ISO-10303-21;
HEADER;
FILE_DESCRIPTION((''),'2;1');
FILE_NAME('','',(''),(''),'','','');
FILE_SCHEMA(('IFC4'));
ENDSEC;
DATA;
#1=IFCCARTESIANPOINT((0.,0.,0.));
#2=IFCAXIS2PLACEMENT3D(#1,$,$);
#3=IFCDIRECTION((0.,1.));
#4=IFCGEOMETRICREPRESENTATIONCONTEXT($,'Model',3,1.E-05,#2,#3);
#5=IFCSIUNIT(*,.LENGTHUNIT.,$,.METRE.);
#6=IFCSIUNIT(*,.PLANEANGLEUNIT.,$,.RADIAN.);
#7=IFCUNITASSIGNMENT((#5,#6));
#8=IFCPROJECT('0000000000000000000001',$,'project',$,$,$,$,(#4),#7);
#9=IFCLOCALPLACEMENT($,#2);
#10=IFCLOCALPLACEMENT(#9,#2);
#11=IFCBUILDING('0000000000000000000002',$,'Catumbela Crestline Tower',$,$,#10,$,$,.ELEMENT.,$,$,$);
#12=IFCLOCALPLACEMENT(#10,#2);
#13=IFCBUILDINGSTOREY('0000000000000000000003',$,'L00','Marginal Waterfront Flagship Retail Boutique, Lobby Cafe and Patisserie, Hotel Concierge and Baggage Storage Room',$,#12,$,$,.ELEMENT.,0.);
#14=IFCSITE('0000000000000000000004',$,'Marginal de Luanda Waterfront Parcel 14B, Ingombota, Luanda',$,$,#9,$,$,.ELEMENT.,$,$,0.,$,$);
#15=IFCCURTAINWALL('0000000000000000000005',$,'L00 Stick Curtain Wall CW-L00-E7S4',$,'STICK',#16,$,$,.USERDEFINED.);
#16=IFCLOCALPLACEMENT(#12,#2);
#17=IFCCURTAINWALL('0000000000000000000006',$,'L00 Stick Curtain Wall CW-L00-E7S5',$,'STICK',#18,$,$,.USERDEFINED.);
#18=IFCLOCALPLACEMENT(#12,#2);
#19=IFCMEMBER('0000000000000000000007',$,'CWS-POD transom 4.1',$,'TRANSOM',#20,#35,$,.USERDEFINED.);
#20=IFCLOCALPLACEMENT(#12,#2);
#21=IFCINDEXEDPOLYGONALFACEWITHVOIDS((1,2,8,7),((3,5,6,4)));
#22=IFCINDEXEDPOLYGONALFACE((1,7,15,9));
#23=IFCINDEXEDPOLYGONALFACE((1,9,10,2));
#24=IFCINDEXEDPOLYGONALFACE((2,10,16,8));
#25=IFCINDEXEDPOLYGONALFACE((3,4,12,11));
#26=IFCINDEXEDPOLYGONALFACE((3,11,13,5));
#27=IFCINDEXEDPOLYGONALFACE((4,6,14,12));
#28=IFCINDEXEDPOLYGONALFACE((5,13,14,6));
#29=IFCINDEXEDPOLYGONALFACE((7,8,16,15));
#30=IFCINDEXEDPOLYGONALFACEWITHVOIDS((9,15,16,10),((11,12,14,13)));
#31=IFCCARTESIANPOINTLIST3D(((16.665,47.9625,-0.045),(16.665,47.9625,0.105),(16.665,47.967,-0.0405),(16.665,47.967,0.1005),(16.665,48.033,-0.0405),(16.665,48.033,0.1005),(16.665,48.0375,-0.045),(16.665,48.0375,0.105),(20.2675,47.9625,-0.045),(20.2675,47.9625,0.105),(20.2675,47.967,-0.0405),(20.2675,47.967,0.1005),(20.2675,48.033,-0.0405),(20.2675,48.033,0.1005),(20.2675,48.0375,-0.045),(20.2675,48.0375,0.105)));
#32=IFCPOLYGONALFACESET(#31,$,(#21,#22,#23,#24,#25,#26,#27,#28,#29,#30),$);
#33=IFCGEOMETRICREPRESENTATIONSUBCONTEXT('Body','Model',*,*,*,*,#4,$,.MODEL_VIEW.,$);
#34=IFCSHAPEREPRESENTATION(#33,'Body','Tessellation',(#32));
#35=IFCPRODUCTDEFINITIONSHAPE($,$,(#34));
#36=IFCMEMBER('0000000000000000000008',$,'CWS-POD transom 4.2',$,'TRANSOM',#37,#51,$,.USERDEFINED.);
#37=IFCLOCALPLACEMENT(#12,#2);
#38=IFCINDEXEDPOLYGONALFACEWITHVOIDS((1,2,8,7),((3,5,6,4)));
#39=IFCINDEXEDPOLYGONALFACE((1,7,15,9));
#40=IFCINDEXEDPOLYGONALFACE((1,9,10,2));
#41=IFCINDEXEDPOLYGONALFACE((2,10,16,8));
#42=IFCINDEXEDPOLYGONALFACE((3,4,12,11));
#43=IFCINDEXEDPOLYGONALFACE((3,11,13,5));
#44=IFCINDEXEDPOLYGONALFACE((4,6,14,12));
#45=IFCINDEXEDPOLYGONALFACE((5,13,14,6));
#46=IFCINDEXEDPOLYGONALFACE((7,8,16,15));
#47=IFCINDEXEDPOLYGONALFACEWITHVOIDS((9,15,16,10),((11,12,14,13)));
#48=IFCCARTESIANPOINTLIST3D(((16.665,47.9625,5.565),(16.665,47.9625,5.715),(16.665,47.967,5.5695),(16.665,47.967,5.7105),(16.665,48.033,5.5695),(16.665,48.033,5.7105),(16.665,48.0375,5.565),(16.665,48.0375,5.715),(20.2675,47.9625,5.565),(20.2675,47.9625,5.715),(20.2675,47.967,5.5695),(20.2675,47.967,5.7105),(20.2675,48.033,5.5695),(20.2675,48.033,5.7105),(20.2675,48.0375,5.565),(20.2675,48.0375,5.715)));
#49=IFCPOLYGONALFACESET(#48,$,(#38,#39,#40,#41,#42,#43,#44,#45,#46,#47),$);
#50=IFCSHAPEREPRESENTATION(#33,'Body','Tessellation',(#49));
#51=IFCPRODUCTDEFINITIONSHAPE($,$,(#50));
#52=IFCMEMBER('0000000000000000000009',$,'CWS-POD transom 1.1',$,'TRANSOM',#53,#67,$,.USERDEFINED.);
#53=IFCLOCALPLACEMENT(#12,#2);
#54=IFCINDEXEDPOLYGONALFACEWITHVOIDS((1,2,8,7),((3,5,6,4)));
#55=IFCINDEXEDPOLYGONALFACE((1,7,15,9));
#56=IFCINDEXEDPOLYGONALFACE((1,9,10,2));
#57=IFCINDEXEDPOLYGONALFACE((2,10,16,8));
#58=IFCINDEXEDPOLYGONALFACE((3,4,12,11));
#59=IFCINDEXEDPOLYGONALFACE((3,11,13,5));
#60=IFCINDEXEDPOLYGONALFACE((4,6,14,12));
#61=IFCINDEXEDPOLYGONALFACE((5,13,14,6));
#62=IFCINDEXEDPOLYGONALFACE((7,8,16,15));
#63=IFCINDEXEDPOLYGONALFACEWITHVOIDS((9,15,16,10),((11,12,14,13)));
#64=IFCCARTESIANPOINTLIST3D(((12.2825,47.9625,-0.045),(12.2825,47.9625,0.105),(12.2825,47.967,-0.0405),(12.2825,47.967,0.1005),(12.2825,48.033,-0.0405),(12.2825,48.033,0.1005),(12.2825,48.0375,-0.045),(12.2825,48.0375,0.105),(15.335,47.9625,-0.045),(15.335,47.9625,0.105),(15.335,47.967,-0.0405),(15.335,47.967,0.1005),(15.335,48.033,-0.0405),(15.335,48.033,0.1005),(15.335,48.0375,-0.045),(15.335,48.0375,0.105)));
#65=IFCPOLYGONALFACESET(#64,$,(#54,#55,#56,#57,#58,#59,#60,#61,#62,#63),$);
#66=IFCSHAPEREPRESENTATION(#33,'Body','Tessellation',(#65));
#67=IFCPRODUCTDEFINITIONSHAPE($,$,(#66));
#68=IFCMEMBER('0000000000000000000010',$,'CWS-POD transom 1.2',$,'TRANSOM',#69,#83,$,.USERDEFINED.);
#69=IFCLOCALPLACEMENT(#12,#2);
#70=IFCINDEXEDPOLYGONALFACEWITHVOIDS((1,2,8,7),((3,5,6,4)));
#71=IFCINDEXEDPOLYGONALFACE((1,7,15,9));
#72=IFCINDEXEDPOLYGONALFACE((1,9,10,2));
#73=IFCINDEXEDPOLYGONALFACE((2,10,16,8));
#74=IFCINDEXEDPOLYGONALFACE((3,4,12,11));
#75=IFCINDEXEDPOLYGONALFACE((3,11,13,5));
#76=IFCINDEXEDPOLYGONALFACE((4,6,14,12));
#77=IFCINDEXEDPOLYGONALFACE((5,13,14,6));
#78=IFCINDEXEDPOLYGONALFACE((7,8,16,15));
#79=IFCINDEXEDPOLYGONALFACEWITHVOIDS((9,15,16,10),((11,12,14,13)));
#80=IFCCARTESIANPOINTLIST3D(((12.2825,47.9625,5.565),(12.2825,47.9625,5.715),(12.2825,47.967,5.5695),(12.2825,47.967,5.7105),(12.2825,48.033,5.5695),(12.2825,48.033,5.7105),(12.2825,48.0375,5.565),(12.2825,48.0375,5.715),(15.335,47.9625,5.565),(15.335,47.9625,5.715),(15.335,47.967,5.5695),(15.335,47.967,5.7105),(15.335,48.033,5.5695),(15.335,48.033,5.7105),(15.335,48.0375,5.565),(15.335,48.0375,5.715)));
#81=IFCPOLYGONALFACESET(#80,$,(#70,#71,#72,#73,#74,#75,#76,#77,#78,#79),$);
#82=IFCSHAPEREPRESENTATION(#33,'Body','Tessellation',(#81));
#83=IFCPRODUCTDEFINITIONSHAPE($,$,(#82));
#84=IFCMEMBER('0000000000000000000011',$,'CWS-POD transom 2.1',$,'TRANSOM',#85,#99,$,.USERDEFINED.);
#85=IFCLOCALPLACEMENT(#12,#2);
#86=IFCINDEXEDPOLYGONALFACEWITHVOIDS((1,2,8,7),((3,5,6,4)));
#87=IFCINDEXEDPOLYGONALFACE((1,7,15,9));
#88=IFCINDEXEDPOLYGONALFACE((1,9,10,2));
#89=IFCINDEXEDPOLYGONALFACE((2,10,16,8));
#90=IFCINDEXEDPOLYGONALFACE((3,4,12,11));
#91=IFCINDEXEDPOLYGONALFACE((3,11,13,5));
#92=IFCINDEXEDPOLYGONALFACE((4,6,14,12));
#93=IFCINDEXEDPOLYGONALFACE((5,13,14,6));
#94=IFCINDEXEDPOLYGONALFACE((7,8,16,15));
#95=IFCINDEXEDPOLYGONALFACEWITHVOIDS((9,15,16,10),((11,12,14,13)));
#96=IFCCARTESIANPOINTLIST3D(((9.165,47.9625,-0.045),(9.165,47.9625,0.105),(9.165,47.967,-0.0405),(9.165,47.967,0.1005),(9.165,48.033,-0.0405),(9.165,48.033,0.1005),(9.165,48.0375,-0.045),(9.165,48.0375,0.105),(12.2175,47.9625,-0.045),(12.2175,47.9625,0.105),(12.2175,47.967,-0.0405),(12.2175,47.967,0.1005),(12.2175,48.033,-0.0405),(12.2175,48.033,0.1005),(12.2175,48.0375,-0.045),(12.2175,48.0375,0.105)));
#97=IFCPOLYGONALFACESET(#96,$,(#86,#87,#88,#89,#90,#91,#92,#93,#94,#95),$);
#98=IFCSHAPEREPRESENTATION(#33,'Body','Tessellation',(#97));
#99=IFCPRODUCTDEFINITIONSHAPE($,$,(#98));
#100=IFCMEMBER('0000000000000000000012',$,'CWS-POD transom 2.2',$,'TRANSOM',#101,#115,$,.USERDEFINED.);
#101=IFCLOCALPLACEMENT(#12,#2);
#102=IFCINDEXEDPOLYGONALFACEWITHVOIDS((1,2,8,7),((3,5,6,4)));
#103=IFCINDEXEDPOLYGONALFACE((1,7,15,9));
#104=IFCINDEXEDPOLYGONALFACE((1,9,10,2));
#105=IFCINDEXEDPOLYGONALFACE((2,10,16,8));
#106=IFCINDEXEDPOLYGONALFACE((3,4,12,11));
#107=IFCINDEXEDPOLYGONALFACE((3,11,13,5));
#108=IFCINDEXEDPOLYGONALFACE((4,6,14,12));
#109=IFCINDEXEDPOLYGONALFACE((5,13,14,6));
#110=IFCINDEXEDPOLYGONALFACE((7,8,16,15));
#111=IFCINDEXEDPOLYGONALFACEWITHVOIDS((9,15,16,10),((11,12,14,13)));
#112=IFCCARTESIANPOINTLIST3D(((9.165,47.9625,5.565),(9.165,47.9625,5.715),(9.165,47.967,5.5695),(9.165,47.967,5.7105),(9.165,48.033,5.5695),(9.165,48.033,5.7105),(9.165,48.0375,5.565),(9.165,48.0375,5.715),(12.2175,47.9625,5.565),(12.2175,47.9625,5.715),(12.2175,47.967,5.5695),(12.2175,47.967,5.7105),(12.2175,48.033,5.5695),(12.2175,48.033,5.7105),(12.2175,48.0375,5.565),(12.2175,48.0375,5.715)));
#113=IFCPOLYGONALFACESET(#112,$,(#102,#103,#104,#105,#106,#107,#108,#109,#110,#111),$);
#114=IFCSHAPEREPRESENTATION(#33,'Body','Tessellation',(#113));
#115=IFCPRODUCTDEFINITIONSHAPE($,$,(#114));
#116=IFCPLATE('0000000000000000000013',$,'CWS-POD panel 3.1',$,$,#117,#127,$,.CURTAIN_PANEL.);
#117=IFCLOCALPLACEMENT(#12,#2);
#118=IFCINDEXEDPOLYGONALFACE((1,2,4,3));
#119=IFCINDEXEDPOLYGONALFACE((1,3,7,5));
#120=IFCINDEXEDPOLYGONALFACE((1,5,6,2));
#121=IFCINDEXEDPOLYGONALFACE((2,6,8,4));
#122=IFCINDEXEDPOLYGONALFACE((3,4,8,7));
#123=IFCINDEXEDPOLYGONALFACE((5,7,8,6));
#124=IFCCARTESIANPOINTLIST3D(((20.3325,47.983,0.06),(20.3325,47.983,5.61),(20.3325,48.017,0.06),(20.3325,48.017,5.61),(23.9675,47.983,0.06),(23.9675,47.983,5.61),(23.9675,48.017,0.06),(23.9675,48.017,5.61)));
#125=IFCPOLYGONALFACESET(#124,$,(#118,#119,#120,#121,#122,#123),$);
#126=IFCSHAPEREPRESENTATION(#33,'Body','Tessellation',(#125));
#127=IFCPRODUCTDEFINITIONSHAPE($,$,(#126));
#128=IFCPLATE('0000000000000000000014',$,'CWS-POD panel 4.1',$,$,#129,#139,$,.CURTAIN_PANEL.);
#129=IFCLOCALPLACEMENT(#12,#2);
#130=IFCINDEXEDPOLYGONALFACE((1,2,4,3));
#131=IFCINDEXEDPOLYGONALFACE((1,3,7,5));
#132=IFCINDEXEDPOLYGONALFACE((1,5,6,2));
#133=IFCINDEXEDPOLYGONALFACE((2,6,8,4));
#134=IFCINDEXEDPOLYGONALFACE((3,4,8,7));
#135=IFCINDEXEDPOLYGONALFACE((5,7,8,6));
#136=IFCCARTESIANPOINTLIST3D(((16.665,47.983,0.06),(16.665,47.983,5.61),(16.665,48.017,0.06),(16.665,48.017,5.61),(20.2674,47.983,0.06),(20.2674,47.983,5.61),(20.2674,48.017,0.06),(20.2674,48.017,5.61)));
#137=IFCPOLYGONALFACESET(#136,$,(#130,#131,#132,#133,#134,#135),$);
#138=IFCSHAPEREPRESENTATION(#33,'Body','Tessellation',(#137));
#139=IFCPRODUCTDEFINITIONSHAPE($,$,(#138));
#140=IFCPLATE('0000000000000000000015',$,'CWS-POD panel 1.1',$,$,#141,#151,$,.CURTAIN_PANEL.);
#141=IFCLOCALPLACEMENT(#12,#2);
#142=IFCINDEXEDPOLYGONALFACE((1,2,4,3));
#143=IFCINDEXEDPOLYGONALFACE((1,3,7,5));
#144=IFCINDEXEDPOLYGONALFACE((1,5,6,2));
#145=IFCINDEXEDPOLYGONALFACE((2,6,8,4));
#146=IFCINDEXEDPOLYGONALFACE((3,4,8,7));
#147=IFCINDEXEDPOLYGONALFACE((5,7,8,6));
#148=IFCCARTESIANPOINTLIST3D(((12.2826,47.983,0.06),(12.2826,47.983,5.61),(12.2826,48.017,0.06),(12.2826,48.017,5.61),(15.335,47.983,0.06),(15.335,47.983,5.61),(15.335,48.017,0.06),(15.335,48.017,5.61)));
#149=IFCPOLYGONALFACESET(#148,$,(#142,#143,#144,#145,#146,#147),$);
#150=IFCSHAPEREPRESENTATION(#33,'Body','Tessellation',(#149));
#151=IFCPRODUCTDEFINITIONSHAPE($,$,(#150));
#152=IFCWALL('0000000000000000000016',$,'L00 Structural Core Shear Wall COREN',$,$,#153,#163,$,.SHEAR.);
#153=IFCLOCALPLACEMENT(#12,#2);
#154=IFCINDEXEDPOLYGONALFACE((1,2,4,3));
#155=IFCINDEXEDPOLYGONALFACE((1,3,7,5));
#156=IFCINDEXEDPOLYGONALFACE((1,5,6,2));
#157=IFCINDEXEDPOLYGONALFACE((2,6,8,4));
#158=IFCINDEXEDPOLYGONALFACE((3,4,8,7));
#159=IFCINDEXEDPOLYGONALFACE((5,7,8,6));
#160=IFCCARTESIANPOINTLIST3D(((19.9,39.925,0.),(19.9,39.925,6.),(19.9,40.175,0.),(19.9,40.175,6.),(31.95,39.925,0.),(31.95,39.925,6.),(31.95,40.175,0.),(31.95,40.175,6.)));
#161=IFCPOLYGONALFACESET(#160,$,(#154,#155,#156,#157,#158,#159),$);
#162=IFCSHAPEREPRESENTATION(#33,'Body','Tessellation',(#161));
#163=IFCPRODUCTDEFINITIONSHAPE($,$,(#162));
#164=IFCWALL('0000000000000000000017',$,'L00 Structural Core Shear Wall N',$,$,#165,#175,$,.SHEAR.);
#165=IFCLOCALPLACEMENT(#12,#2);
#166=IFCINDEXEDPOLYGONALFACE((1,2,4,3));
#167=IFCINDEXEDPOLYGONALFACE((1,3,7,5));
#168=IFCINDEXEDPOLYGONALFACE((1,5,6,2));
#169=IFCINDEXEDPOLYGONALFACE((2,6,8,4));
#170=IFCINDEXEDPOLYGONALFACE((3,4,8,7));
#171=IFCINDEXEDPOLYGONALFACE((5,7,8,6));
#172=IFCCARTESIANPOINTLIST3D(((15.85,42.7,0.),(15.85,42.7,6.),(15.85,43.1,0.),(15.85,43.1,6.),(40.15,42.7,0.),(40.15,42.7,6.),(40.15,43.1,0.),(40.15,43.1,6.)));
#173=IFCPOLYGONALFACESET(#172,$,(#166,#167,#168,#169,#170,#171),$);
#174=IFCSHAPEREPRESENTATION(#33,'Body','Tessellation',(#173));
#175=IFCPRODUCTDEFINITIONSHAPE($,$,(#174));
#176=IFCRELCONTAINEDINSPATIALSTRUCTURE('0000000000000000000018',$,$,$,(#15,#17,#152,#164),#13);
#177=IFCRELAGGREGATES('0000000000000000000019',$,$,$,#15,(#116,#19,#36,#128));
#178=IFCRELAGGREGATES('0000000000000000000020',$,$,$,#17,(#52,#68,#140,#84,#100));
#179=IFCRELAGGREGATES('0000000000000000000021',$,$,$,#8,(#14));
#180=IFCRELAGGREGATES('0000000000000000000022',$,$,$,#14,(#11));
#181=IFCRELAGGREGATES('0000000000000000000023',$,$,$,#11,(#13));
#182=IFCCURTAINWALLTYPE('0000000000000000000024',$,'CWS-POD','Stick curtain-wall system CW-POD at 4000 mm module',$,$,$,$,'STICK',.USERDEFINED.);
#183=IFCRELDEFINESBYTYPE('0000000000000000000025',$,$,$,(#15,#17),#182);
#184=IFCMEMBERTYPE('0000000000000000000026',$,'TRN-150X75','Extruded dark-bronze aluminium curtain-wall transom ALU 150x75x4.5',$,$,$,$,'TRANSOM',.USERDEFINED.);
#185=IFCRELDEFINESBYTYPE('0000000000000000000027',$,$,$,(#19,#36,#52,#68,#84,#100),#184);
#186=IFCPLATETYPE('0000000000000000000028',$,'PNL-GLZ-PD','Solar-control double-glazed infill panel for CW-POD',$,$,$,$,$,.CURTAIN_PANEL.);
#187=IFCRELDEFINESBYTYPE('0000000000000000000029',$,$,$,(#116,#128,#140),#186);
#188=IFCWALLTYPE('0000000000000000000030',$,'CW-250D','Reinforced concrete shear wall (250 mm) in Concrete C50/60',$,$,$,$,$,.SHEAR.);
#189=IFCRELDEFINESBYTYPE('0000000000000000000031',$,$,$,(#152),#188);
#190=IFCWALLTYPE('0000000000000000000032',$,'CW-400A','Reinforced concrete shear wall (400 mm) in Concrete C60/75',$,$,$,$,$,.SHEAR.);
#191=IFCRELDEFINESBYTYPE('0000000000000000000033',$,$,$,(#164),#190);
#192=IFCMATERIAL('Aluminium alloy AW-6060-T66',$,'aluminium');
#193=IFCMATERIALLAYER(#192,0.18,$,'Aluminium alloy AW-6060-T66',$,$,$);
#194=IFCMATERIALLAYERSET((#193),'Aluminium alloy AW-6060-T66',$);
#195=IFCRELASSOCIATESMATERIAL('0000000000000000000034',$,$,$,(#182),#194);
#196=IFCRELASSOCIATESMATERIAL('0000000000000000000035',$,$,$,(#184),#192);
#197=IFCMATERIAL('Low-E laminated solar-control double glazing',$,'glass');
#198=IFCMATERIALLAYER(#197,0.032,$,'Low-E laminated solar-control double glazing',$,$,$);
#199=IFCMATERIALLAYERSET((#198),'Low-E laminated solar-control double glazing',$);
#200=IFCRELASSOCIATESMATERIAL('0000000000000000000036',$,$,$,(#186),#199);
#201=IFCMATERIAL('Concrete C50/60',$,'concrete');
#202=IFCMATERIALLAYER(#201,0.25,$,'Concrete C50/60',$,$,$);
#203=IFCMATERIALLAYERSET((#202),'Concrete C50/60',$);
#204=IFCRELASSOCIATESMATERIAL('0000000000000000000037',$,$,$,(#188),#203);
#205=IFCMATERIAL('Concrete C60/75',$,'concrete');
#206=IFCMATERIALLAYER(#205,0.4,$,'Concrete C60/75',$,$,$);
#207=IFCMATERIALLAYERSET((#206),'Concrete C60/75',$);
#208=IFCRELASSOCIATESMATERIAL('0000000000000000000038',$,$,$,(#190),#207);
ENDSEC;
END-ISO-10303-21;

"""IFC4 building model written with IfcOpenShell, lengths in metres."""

from ifc_helpers import new_model, si_unit, direction, frame, frame_2d, origin, origin_2d, place, context, subcontext, project, spatial, rectangle, hollow_rectangle, extrude, material, layer, layer_set, material_profile, profile_set, type_object, element, aggregate, save


model = new_model("IFC4")

# Units and contexts
model_context = context("Model", 3, precision=1e-05, world=origin(), true_north=direction((0.0, 1.0)))
body_context = subcontext(model_context, "Body", "Model", "MODEL_VIEW")
ifc_project = project(units=[si_unit("LENGTHUNIT", "METRE"), si_unit("PLANEANGLEUNIT", "RADIAN")], contexts=[model_context])

# Site, building, storey
site_placement = place(None, origin())
site = spatial("IfcSite", under=ifc_project, at=site_placement, Name="Marginal de Luanda Waterfront Parcel 14B, Ingombota, Luanda", CompositionType="ELEMENT", RefElevation=0.0)
building_placement = place(site_placement, origin())
building = spatial("IfcBuilding", under=site, at=building_placement, Name="Catumbela Crestline Tower", CompositionType="ELEMENT")
storey_placement = place(building_placement, origin())
storey = spatial("IfcBuildingStorey", under=building, at=storey_placement, Name="L00", Description="Marginal Waterfront Flagship Retail Boutique, Lobby Cafe and Patisserie, Hotel Concierge and Baggage Storage Room", CompositionType="ELEMENT", Elevation=0.0)

# Shared definitions
ifc_material_1 = material(Name="Concrete C60/75", Category="concrete")

# Curtain walls
ifc_material_2 = material(Name="Aluminium alloy AW-6060-T66", Category="aluminium")
ifc_layer_1 = layer(ifc_material_2, 0.18, Name="Aluminium alloy AW-6060-T66")
ifc_layer_set_1 = layer_set([ifc_layer_1], Name="Aluminium alloy AW-6060-T66")
curtain_wall_type = type_object("IfcCurtainWallType", Name="CWS-POD", Description="Stick curtain-wall system CW-POD at 4000 mm module", ElementType="STICK", PredefinedType="USERDEFINED", material=ifc_layer_set_1)
curtain_wall_1_placement = place(storey_placement, origin())
curtain_wall_1 = element("IfcCurtainWall", 1, at=curtain_wall_1_placement, inside=storey, type_object=curtain_wall_type, Name="L00 Stick Curtain Wall CW-L00-E7S4", ObjectType="STICK", PredefinedType="USERDEFINED")
curtain_wall_2_placement = place(storey_placement, origin())
curtain_wall_2 = element("IfcCurtainWall", 2, at=curtain_wall_2_placement, inside=storey, type_object=curtain_wall_type, Name="L00 Stick Curtain Wall CW-L00-E7S5", ObjectType="STICK", PredefinedType="USERDEFINED")

# Members
ifc_material_profile_1 = material_profile(ifc_material_2, hollow_rectangle(XDim=0.075, YDim=0.15, WallThickness=0.0045, at=origin_2d()), Name="ALU 150x75x4.5")
ifc_profile_set_1 = profile_set([ifc_material_profile_1], Name="Aluminium alloy AW-6060-T66")
member_type_1 = type_object("IfcMemberType", Name="TRN-150X75", Description="Extruded dark-bronze aluminium curtain-wall transom ALU 150x75x4.5", ElementType="TRANSOM", PredefinedType="USERDEFINED", material=ifc_profile_set_1)
member_1_placement = place(storey_placement, frame((20.2675, 48.0, 0.03), z_axis=(-1.0, 0.0, 0.0), x_axis=(0.0, -1.0, 0.0)))
member_1 = element("IfcMember", 3, at=member_1_placement, type_object=member_type_1, Name="CWS-POD transom 4.1", ObjectType="TRANSOM", PredefinedType="USERDEFINED", context=body_context, shape_type="SweptSolid", body=[
    extrude(hollow_rectangle(XDim=0.075, YDim=0.15, WallThickness=0.0045, at=origin_2d()), origin(), (0.0, 0.0, 1.0), 3.6025),
])
member_2_placement = place(storey_placement, frame((20.2675, 48.0, 5.64), z_axis=(-1.0, 0.0, 0.0), x_axis=(0.0, -1.0, 0.0)))
member_2 = element("IfcMember", 4, at=member_2_placement, type_object=member_type_1, Name="CWS-POD transom 4.2", ObjectType="TRANSOM", PredefinedType="USERDEFINED", context=body_context, shape_type="SweptSolid", body=[
    extrude(hollow_rectangle(XDim=0.075, YDim=0.15, WallThickness=0.0045, at=origin_2d()), origin(), (0.0, 0.0, 1.0), 3.6025),
])
member_3_placement = place(storey_placement, frame((15.335, 48.0, 0.03), z_axis=(-1.0, 0.0, 0.0), x_axis=(0.0, -1.0, 0.0)))
member_3 = element("IfcMember", 5, at=member_3_placement, type_object=member_type_1, Name="CWS-POD transom 1.1", ObjectType="TRANSOM", PredefinedType="USERDEFINED", context=body_context, shape_type="SweptSolid", body=[
    extrude(hollow_rectangle(XDim=0.075, YDim=0.15, WallThickness=0.0045, at=origin_2d()), origin(), (0.0, 0.0, 1.0), 3.0525),
])
member_4_placement = place(storey_placement, frame((15.335, 48.0, 5.64), z_axis=(-1.0, 0.0, 0.0), x_axis=(0.0, -1.0, 0.0)))
member_4 = element("IfcMember", 6, at=member_4_placement, type_object=member_type_1, Name="CWS-POD transom 1.2", ObjectType="TRANSOM", PredefinedType="USERDEFINED", context=body_context, shape_type="SweptSolid", body=[
    extrude(hollow_rectangle(XDim=0.075, YDim=0.15, WallThickness=0.0045, at=origin_2d()), origin(), (0.0, 0.0, 1.0), 3.0525),
])
member_5_placement = place(storey_placement, frame((12.2175, 48.0, 0.03), z_axis=(-1.0, 0.0, 0.0), x_axis=(0.0, -1.0, 0.0)))
member_5 = element("IfcMember", 7, at=member_5_placement, type_object=member_type_1, Name="CWS-POD transom 2.1", ObjectType="TRANSOM", PredefinedType="USERDEFINED", context=body_context, shape_type="SweptSolid", body=[
    extrude(hollow_rectangle(XDim=0.075, YDim=0.15, WallThickness=0.0045, at=origin_2d()), origin(), (0.0, 0.0, 1.0), 3.0525),
])
member_6_placement = place(storey_placement, frame((12.2175, 48.0, 5.64), z_axis=(-1.0, 0.0, 0.0), x_axis=(0.0, -1.0, 0.0)))
member_6 = element("IfcMember", 8, at=member_6_placement, type_object=member_type_1, Name="CWS-POD transom 2.2", ObjectType="TRANSOM", PredefinedType="USERDEFINED", context=body_context, shape_type="SweptSolid", body=[
    extrude(hollow_rectangle(XDim=0.075, YDim=0.15, WallThickness=0.0045, at=origin_2d()), origin(), (0.0, 0.0, 1.0), 3.0525),
])

# Plates
ifc_material_3 = material(Name="Low-E laminated solar-control double glazing", Category="glass")
ifc_layer_2 = layer(ifc_material_3, 0.032, Name="Low-E laminated solar-control double glazing")
ifc_layer_set_2 = layer_set([ifc_layer_2], Name="Low-E laminated solar-control double glazing")
plate_type = type_object("IfcPlateType", Name="PNL-GLZ-PD", Description="Solar-control double-glazed infill panel for CW-POD", PredefinedType="CURTAIN_PANEL", material=ifc_layer_set_2)
plate_1_placement = place(storey_placement, frame((22.15, 48.0, 0.06), z_axis=(0.0, 0.0, 1.0), x_axis=(-1.0, 0.0, 0.0)))
plate_1 = element("IfcPlate", 9, at=plate_1_placement, type_object=plate_type, Name="CWS-POD panel 3.1", PredefinedType="CURTAIN_PANEL", context=body_context, shape_type="SweptSolid", body=[
    extrude(rectangle(XDim=3.635, YDim=0.034, at=origin_2d()), origin(), (0.0, 0.0, 1.0), 5.55),
])
plate_2_placement = place(storey_placement, frame((18.4662, 48.0, 0.06), z_axis=(0.0, 0.0, 1.0), x_axis=(-1.0, 0.0, 0.0)))
plate_2 = element("IfcPlate", 10, at=plate_2_placement, type_object=plate_type, Name="CWS-POD panel 4.1", PredefinedType="CURTAIN_PANEL", context=body_context, shape_type="SweptSolid", body=[
    extrude(rectangle(XDim=3.6025, YDim=0.034, at=origin_2d()), origin(), (0.0, 0.0, 1.0), 5.55),
])
aggregate(curtain_wall_1, [plate_1, member_1, member_2, plate_2])
plate_3_placement = place(storey_placement, frame((13.8088, 48.0, 0.06), z_axis=(0.0, 0.0, 1.0), x_axis=(-1.0, 0.0, 0.0)))
plate_3 = element("IfcPlate", 11, at=plate_3_placement, type_object=plate_type, Name="CWS-POD panel 1.1", PredefinedType="CURTAIN_PANEL", context=body_context, shape_type="SweptSolid", body=[
    extrude(rectangle(XDim=3.0525, YDim=0.034, at=origin_2d()), origin(), (0.0, 0.0, 1.0), 5.55),
])
aggregate(curtain_wall_2, [member_3, member_4, plate_3, member_5, member_6])

# Walls
ifc_material_4 = material(Name="Concrete C50/60", Category="concrete")
ifc_layer_3 = layer(ifc_material_4, 0.25, Name="Concrete C50/60")
ifc_layer_set_3 = layer_set([ifc_layer_3], Name="Concrete C50/60")
wall_type_1 = type_object("IfcWallType", Name="CW-250D", Description="Reinforced concrete shear wall (250 mm) in Concrete C50/60", PredefinedType="SHEAR", material=ifc_layer_set_3)
wall_1_placement = place(storey_placement, frame((19.9, 40.05, 0.0), z_axis=(0.0, 0.0, 1.0), x_axis=(1.0, 0.0, 0.0)))
element("IfcWall", 12, at=wall_1_placement, inside=storey, type_object=wall_type_1, Name="L00 Structural Core Shear Wall COREN", PredefinedType="SHEAR", context=body_context, shape_type="SweptSolid", body=[
    extrude(rectangle(XDim=12.05, YDim=0.25, at=frame_2d((6.025, 0.0))), origin(), (0.0, 0.0, 1.0), 6.0),
])
ifc_layer_4 = layer(ifc_material_1, 0.4, Name="Concrete C60/75")
ifc_layer_set_4 = layer_set([ifc_layer_4], Name="Concrete C60/75")
wall_type_2 = type_object("IfcWallType", Name="CW-400A", Description="Reinforced concrete shear wall (400 mm) in Concrete C60/75", PredefinedType="SHEAR", material=ifc_layer_set_4)
wall_2_placement = place(storey_placement, frame((15.85, 42.9, 0.0), z_axis=(0.0, 0.0, 1.0), x_axis=(1.0, 0.0, 0.0)))
element("IfcWall", 13, at=wall_2_placement, inside=storey, type_object=wall_type_2, Name="L00 Structural Core Shear Wall N", PredefinedType="SHEAR", context=body_context, shape_type="SweptSolid", body=[
    extrude(rectangle(XDim=24.3, YDim=0.4, at=frame_2d((12.15, 0.0))), origin(), (0.0, 0.0, 1.0), 6.0),
])

save(model, "model.ifc")
